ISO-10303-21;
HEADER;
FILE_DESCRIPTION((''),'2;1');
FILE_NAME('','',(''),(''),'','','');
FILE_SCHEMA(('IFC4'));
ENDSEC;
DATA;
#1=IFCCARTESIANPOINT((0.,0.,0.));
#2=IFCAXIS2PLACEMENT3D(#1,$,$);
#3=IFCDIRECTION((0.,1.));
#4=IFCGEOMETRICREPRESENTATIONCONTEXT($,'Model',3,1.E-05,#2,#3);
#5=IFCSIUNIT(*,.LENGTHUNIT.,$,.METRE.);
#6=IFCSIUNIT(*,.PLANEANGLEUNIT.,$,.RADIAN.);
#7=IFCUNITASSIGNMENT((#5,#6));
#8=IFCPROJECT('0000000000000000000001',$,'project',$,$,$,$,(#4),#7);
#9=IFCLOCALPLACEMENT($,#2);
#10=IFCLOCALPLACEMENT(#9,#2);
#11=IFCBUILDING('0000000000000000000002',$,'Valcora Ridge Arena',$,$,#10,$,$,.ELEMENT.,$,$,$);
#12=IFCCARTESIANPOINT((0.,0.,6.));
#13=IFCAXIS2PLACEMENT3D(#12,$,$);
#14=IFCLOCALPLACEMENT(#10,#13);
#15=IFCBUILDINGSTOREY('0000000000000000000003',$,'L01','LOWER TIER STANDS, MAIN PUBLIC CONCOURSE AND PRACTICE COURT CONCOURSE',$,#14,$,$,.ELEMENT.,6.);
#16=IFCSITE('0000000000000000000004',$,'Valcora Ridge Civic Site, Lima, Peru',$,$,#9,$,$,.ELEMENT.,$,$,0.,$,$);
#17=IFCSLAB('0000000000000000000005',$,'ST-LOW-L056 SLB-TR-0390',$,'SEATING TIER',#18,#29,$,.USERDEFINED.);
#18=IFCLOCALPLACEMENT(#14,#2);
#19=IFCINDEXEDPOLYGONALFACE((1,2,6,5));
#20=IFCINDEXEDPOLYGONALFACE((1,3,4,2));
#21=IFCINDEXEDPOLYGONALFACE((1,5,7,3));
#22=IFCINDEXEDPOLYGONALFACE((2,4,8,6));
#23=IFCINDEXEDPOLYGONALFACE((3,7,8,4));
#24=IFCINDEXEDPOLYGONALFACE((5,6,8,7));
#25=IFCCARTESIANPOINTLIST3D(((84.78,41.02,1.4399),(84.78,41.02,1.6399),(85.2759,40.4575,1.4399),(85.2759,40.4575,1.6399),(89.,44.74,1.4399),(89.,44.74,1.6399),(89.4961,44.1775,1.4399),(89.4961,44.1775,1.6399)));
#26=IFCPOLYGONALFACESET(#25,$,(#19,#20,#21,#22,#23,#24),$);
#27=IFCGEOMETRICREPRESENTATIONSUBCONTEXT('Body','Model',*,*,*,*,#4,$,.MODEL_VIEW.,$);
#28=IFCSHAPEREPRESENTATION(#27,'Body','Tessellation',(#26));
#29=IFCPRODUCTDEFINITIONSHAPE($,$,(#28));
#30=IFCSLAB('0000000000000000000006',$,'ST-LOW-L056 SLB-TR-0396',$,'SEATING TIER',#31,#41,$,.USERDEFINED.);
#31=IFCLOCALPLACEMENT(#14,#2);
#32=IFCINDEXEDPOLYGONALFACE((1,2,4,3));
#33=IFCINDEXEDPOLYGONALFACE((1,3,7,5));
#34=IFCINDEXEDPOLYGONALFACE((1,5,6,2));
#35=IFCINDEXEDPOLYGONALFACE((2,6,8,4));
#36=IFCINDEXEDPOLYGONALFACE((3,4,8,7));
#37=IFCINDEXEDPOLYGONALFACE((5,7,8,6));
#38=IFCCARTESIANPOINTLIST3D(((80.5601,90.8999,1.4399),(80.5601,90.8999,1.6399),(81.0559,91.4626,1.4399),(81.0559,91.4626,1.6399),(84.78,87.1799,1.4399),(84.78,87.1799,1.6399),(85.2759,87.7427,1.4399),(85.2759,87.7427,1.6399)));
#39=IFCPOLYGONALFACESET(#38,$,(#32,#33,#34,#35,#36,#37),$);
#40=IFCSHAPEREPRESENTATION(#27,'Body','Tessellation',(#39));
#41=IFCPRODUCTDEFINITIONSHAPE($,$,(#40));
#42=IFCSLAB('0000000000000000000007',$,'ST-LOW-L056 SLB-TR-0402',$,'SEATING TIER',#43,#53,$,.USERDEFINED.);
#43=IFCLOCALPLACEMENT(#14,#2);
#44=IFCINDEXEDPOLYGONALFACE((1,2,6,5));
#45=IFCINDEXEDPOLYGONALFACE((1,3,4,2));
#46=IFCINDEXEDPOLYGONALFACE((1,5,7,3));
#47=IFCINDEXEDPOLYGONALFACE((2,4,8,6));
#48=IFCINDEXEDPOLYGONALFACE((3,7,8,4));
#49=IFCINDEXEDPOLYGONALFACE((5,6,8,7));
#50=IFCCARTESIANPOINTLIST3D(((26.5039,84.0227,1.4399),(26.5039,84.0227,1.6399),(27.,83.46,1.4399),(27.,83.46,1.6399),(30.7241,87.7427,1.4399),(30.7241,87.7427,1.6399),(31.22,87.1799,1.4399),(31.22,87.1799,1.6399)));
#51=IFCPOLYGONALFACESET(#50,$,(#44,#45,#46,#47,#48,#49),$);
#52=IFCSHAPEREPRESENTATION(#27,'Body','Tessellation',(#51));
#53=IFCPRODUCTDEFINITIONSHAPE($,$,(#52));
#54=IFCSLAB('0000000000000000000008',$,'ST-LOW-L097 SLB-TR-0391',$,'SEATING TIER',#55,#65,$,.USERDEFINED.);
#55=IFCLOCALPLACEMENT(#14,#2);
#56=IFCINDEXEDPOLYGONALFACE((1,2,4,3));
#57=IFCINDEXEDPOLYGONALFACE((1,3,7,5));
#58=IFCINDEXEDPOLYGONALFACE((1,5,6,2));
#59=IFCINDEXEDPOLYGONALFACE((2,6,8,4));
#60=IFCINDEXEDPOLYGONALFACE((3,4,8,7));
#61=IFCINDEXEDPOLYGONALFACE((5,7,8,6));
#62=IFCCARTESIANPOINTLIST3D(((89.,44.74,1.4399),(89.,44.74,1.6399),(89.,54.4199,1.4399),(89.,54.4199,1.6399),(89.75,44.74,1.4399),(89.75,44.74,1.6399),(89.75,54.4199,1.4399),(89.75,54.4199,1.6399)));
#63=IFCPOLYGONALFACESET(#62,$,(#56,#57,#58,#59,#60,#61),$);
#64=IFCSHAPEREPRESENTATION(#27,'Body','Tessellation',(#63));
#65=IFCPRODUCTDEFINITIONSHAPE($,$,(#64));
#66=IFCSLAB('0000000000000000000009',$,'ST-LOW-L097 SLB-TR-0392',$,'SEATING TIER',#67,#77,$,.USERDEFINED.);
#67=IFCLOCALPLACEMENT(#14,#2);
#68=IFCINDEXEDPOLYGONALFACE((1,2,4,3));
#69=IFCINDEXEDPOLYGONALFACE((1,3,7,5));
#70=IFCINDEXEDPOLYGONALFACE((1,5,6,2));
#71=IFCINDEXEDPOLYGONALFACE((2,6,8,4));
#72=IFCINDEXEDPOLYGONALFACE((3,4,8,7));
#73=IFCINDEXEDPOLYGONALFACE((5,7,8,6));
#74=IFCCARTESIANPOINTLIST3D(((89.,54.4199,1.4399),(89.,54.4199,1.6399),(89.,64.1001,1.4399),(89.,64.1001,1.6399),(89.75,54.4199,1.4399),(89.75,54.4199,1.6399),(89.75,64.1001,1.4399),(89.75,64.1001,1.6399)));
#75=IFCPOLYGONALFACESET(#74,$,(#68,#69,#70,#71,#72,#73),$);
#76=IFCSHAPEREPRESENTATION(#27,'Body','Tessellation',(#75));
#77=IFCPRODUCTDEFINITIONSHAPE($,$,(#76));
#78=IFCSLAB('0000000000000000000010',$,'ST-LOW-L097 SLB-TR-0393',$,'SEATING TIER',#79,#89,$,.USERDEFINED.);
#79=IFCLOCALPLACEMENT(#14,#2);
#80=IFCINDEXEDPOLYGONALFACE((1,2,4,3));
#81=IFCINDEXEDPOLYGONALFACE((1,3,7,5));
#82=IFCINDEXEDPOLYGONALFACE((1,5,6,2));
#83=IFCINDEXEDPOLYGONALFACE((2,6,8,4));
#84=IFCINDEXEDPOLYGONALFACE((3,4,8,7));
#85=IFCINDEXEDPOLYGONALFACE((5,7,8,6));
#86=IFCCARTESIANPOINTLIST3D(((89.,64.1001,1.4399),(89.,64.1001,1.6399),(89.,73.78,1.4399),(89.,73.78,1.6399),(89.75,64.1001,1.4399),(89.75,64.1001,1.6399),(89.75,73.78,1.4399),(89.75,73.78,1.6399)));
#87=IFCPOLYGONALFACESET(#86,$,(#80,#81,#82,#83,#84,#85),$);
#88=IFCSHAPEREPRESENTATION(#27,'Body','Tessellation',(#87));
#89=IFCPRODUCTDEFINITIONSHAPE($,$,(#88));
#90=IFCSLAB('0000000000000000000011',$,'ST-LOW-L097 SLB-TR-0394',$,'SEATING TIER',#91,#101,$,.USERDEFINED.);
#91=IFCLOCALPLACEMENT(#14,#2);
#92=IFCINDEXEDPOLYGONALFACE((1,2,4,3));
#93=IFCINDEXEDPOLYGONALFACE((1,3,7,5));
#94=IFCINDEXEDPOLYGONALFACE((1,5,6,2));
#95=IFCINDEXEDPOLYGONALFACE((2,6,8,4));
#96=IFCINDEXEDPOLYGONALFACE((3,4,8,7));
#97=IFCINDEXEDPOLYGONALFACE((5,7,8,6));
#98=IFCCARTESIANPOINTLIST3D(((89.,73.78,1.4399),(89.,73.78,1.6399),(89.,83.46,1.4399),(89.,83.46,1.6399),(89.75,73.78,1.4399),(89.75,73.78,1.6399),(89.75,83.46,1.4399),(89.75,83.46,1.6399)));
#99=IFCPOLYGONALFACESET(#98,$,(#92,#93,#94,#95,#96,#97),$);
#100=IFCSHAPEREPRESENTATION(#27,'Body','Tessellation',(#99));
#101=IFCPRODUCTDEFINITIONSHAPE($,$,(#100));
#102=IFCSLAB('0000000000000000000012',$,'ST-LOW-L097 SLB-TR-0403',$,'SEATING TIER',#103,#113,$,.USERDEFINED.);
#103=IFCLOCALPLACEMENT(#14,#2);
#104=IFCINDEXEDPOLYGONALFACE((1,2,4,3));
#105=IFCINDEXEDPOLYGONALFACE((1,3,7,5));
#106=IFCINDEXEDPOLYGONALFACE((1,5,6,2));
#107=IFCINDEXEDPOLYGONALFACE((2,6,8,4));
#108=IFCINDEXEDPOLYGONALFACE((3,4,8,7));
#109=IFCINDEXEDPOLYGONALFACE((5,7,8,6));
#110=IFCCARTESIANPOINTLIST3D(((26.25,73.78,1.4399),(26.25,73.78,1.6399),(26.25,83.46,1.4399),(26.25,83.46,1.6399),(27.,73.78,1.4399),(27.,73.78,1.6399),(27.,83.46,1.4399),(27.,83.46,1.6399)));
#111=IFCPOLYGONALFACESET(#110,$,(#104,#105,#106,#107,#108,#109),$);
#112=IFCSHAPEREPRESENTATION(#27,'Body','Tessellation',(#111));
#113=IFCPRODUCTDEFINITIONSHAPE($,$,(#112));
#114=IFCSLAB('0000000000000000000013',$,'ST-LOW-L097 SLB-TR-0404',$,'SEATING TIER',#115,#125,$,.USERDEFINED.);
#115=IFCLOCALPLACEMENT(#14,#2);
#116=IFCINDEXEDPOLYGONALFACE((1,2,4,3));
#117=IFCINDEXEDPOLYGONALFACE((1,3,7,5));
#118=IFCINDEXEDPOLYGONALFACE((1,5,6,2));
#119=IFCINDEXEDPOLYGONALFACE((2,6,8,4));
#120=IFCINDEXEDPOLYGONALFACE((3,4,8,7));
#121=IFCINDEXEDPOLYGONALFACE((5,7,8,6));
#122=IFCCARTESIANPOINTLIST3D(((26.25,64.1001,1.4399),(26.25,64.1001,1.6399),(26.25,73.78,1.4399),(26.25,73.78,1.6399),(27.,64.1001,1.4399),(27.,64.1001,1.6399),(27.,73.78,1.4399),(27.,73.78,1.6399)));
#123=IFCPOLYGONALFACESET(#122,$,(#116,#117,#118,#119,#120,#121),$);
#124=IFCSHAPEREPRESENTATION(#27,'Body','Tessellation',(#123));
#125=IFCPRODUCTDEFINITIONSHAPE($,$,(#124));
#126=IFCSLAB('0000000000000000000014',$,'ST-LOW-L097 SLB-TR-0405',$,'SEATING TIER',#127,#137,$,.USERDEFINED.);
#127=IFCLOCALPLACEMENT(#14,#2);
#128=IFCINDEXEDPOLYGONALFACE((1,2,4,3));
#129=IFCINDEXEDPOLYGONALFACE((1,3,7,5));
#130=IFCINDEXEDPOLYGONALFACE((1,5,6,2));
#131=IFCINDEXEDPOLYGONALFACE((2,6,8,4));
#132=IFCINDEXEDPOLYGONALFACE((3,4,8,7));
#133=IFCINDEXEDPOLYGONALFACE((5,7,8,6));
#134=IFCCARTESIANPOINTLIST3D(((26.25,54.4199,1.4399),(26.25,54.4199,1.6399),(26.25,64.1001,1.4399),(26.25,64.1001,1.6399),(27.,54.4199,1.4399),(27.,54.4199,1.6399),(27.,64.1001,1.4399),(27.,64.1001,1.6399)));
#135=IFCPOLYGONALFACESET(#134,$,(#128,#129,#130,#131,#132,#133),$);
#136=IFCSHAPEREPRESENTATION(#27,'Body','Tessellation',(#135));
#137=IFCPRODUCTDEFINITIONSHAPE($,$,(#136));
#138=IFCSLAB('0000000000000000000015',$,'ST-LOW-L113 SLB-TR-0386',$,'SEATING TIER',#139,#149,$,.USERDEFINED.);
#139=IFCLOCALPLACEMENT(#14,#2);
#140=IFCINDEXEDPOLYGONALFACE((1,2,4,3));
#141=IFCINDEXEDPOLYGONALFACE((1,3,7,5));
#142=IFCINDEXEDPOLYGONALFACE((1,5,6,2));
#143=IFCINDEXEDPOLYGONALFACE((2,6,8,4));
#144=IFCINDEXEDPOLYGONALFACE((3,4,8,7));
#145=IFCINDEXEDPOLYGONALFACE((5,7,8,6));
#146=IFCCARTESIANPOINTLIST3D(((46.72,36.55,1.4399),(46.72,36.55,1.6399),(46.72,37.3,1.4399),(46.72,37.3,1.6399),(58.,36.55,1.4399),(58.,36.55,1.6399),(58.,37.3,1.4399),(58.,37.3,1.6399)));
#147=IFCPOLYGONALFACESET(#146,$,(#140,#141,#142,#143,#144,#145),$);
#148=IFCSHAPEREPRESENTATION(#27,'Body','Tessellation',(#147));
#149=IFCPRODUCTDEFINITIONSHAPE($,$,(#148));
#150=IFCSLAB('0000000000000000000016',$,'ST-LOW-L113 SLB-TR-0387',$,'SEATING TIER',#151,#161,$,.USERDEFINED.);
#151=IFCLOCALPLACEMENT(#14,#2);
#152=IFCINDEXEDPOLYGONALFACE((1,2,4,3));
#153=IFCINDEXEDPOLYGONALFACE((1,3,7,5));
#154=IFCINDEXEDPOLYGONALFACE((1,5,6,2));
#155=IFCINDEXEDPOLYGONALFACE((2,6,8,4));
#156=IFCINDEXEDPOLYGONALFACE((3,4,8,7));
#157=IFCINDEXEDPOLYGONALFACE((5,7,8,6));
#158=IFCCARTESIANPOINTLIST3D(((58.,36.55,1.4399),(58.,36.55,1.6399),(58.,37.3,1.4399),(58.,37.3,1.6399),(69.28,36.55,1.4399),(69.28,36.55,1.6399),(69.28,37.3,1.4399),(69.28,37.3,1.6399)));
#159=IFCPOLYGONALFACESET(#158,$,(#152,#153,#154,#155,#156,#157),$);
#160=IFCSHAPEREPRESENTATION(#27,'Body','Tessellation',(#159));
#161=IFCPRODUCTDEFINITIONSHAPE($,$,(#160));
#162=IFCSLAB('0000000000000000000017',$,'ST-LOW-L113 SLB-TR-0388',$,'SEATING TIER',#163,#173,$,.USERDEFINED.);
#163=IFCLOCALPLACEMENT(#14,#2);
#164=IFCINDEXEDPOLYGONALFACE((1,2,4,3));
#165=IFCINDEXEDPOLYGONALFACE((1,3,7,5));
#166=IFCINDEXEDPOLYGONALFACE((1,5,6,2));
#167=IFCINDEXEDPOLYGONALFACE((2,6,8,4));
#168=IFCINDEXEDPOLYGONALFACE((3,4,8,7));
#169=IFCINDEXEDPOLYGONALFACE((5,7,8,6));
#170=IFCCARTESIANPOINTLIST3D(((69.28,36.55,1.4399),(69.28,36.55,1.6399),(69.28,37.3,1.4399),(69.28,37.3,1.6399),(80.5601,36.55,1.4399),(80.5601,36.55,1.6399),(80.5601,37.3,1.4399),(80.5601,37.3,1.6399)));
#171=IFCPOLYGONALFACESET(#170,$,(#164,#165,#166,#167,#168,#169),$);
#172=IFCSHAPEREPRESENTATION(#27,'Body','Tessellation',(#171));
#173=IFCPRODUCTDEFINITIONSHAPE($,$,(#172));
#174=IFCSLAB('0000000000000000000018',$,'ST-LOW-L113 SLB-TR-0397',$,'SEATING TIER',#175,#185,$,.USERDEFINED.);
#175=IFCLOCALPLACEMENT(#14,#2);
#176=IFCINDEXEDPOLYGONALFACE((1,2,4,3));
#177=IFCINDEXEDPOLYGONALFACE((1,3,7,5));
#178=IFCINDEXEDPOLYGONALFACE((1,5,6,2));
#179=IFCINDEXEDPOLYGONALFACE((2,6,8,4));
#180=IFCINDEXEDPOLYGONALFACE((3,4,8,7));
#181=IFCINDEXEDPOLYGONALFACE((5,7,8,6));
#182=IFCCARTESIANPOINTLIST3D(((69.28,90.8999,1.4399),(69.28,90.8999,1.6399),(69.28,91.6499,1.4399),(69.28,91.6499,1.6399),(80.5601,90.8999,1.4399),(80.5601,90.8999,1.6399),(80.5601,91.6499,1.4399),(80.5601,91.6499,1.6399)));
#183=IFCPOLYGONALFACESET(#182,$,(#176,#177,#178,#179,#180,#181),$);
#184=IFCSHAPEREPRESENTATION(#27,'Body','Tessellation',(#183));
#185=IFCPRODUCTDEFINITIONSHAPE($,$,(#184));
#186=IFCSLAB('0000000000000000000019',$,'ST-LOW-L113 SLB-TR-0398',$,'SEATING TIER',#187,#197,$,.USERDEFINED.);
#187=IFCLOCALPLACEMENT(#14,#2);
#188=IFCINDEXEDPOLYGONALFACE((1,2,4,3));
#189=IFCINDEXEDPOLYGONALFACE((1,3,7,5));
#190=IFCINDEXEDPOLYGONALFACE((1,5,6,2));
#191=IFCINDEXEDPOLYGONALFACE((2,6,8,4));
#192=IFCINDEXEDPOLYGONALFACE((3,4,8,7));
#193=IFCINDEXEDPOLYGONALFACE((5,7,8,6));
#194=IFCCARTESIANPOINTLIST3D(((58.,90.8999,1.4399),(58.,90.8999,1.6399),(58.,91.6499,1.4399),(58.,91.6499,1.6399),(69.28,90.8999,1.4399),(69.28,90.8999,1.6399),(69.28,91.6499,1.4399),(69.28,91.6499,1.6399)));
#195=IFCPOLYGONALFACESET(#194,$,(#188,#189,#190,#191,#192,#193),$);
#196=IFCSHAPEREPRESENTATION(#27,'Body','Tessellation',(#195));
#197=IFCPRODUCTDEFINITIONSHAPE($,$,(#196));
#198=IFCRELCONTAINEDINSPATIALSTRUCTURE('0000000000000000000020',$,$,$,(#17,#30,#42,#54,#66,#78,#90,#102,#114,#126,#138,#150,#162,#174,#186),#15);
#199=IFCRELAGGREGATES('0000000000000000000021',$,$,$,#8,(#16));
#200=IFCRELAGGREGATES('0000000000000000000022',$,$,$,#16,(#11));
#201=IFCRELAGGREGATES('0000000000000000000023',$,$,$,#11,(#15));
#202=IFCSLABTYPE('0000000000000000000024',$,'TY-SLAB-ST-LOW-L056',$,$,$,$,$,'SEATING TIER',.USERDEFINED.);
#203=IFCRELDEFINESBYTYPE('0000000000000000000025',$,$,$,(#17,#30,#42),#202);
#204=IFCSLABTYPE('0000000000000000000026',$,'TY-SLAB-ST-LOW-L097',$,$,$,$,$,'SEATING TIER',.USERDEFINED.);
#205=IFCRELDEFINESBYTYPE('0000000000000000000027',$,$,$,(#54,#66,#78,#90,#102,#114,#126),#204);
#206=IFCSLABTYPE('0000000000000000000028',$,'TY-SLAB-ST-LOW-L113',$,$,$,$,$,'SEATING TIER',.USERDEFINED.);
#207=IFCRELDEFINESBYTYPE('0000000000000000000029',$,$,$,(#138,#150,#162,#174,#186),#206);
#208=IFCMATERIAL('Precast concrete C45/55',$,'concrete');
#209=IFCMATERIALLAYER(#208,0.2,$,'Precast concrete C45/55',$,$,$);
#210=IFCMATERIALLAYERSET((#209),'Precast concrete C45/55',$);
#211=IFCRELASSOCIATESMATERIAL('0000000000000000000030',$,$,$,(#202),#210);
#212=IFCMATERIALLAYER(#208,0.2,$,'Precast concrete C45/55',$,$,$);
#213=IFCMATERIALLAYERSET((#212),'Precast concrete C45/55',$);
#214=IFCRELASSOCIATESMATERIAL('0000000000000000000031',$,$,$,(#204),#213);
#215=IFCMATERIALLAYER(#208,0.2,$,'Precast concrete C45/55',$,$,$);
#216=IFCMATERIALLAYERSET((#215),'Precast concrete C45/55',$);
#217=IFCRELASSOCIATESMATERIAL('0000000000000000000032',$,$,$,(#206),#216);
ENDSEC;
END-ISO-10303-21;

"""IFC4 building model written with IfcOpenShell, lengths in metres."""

from ifc_helpers import new_model, si_unit, direction, frame, origin, place, context, subcontext, project, spatial, polyline, outline, extrude, material, layer, layer_set, type_object, element, save


model = new_model("IFC4")

# Units and contexts
model_context = context("Model", 3, precision=1e-05, world=origin(), true_north=direction((0.0, 1.0)))
body_context = subcontext(model_context, "Body", "Model", "MODEL_VIEW")
ifc_project = project(units=[si_unit("LENGTHUNIT", "METRE"), si_unit("PLANEANGLEUNIT", "RADIAN")], contexts=[model_context])

# Site, building, storey
site_placement = place(None, origin())
site = spatial("IfcSite", under=ifc_project, at=site_placement, Name="Valcora Ridge Civic Site, Lima, Peru", CompositionType="ELEMENT", RefElevation=0.0)
building_placement = place(site_placement, origin())
building = spatial("IfcBuilding", under=site, at=building_placement, Name="Valcora Ridge Arena", CompositionType="ELEMENT")
storey_placement = place(building_placement, frame((0.0, 0.0, 6.0)))
storey = spatial("IfcBuildingStorey", under=building, at=storey_placement, Name="L01", Description="LOWER TIER STANDS, MAIN PUBLIC CONCOURSE AND PRACTICE COURT CONCOURSE", CompositionType="ELEMENT", Elevation=6.0)

# Slabs
ifc_material = material(Name="Precast concrete C45/55", Category="concrete")
ifc_layer_1 = layer(ifc_material, 0.2, Name="Precast concrete C45/55")
ifc_layer_set_1 = layer_set([ifc_layer_1], Name="Precast concrete C45/55")
slab_type_1 = type_object("IfcSlabType", Name="TY-SLAB-ST-LOW-L056", ElementType="SEATING TIER", PredefinedType="USERDEFINED", material=ifc_layer_set_1)
slab_1_placement = place(storey_placement, frame((0.0, 0.0, 1.4399)))
element("IfcSlab", 1, at=slab_1_placement, inside=storey, type_object=slab_type_1, Name="ST-LOW-L056 SLB-TR-0390", ObjectType="SEATING TIER", PredefinedType="USERDEFINED", context=body_context, shape_type="SweptSolid", body=[
    extrude(outline(polyline([(84.78, 41.02), (89.0, 44.74), (89.4961, 44.1775), (85.2759, 40.4575), (84.78, 41.02)])), origin(), (0.0, 0.0, 1.0), 0.2),
])
slab_2_placement = place(storey_placement, frame((0.0, 0.0, 1.4399)))
element("IfcSlab", 2, at=slab_2_placement, inside=storey, type_object=slab_type_1, Name="ST-LOW-L056 SLB-TR-0396", ObjectType="SEATING TIER", PredefinedType="USERDEFINED", context=body_context, shape_type="SweptSolid", body=[
    extrude(outline(polyline([(84.78, 87.1799), (80.5601, 90.8999), (81.0559, 91.4626), (85.2759, 87.7427), (84.78, 87.1799)])), origin(), (0.0, 0.0, 1.0), 0.2),
])
slab_3_placement = place(storey_placement, frame((0.0, 0.0, 1.4399)))
element("IfcSlab", 3, at=slab_3_placement, inside=storey, type_object=slab_type_1, Name="ST-LOW-L056 SLB-TR-0402", ObjectType="SEATING TIER", PredefinedType="USERDEFINED", context=body_context, shape_type="SweptSolid", body=[
    extrude(outline(polyline([(31.22, 87.1799), (27.0, 83.46), (26.5039, 84.0227), (30.7241, 87.7427), (31.22, 87.1799)])), origin(), (0.0, 0.0, 1.0), 0.2),
])
ifc_layer_2 = layer(ifc_material, 0.2, Name="Precast concrete C45/55")
ifc_layer_set_2 = layer_set([ifc_layer_2], Name="Precast concrete C45/55")
slab_type_2 = type_object("IfcSlabType", Name="TY-SLAB-ST-LOW-L097", ElementType="SEATING TIER", PredefinedType="USERDEFINED", material=ifc_layer_set_2)
slab_4_placement = place(storey_placement, frame((0.0, 0.0, 1.4399)))
element("IfcSlab", 4, at=slab_4_placement, inside=storey, type_object=slab_type_2, Name="ST-LOW-L097 SLB-TR-0391", ObjectType="SEATING TIER", PredefinedType="USERDEFINED", context=body_context, shape_type="SweptSolid", body=[
    extrude(outline(polyline([(89.0, 44.74), (89.0, 54.4199), (89.75, 54.4199), (89.75, 44.74), (89.0, 44.74)])), origin(), (0.0, 0.0, 1.0), 0.2),
])
slab_5_placement = place(storey_placement, frame((0.0, 0.0, 1.4399)))
element("IfcSlab", 5, at=slab_5_placement, inside=storey, type_object=slab_type_2, Name="ST-LOW-L097 SLB-TR-0392", ObjectType="SEATING TIER", PredefinedType="USERDEFINED", context=body_context, shape_type="SweptSolid", body=[
    extrude(outline(polyline([(89.0, 54.4199), (89.0, 64.1001), (89.75, 64.1001), (89.75, 54.4199), (89.0, 54.4199)])), origin(), (0.0, 0.0, 1.0), 0.2),
])
slab_6_placement = place(storey_placement, frame((0.0, 0.0, 1.4399)))
element("IfcSlab", 6, at=slab_6_placement, inside=storey, type_object=slab_type_2, Name="ST-LOW-L097 SLB-TR-0393", ObjectType="SEATING TIER", PredefinedType="USERDEFINED", context=body_context, shape_type="SweptSolid", body=[
    extrude(outline(polyline([(89.0, 64.1001), (89.0, 73.78), (89.75, 73.78), (89.75, 64.1001), (89.0, 64.1001)])), origin(), (0.0, 0.0, 1.0), 0.2),
])
slab_7_placement = place(storey_placement, frame((0.0, 0.0, 1.4399)))
element("IfcSlab", 7, at=slab_7_placement, inside=storey, type_object=slab_type_2, Name="ST-LOW-L097 SLB-TR-0394", ObjectType="SEATING TIER", PredefinedType="USERDEFINED", context=body_context, shape_type="SweptSolid", body=[
    extrude(outline(polyline([(89.0, 73.78), (89.0, 83.46), (89.75, 83.46), (89.75, 73.78), (89.0, 73.78)])), origin(), (0.0, 0.0, 1.0), 0.2),
])
slab_8_placement = place(storey_placement, frame((0.0, 0.0, 1.4399)))
element("IfcSlab", 8, at=slab_8_placement, inside=storey, type_object=slab_type_2, Name="ST-LOW-L097 SLB-TR-0403", ObjectType="SEATING TIER", PredefinedType="USERDEFINED", context=body_context, shape_type="SweptSolid", body=[
    extrude(outline(polyline([(27.0, 83.46), (27.0, 73.78), (26.25, 73.78), (26.25, 83.46), (27.0, 83.46)])), origin(), (0.0, 0.0, 1.0), 0.2),
])
slab_9_placement = place(storey_placement, frame((0.0, 0.0, 1.4399)))
element("IfcSlab", 9, at=slab_9_placement, inside=storey, type_object=slab_type_2, Name="ST-LOW-L097 SLB-TR-0404", ObjectType="SEATING TIER", PredefinedType="USERDEFINED", context=body_context, shape_type="SweptSolid", body=[
    extrude(outline(polyline([(27.0, 73.78), (27.0, 64.1001), (26.25, 64.1001), (26.25, 73.78), (27.0, 73.78)])), origin(), (0.0, 0.0, 1.0), 0.2),
])
slab_10_placement = place(storey_placement, frame((0.0, 0.0, 1.4399)))
element("IfcSlab", 10, at=slab_10_placement, inside=storey, type_object=slab_type_2, Name="ST-LOW-L097 SLB-TR-0405", ObjectType="SEATING TIER", PredefinedType="USERDEFINED", context=body_context, shape_type="SweptSolid", body=[
    extrude(outline(polyline([(27.0, 64.1001), (27.0, 54.4199), (26.25, 54.4199), (26.25, 64.1001), (27.0, 64.1001)])), origin(), (0.0, 0.0, 1.0), 0.2),
])
ifc_layer_3 = layer(ifc_material, 0.2, Name="Precast concrete C45/55")
ifc_layer_set_3 = layer_set([ifc_layer_3], Name="Precast concrete C45/55")
slab_type_3 = type_object("IfcSlabType", Name="TY-SLAB-ST-LOW-L113", ElementType="SEATING TIER", PredefinedType="USERDEFINED", material=ifc_layer_set_3)
slab_11_placement = place(storey_placement, frame((0.0, 0.0, 1.4399)))
element("IfcSlab", 11, at=slab_11_placement, inside=storey, type_object=slab_type_3, Name="ST-LOW-L113 SLB-TR-0386", ObjectType="SEATING TIER", PredefinedType="USERDEFINED", context=body_context, shape_type="SweptSolid", body=[
    extrude(outline(polyline([(46.72, 37.3), (58.0, 37.3), (58.0, 36.55), (46.72, 36.55), (46.72, 37.3)])), origin(), (0.0, 0.0, 1.0), 0.2),
])
slab_12_placement = place(storey_placement, frame((0.0, 0.0, 1.4399)))
element("IfcSlab", 12, at=slab_12_placement, inside=storey, type_object=slab_type_3, Name="ST-LOW-L113 SLB-TR-0387", ObjectType="SEATING TIER", PredefinedType="USERDEFINED", context=body_context, shape_type="SweptSolid", body=[
    extrude(outline(polyline([(58.0, 37.3), (69.28, 37.3), (69.28, 36.55), (58.0, 36.55), (58.0, 37.3)])), origin(), (0.0, 0.0, 1.0), 0.2),
])
slab_13_placement = place(storey_placement, frame((0.0, 0.0, 1.4399)))
element("IfcSlab", 13, at=slab_13_placement, inside=storey, type_object=slab_type_3, Name="ST-LOW-L113 SLB-TR-0388", ObjectType="SEATING TIER", PredefinedType="USERDEFINED", context=body_context, shape_type="SweptSolid", body=[
    extrude(outline(polyline([(69.28, 37.3), (80.5601, 37.3), (80.5601, 36.55), (69.28, 36.55), (69.28, 37.3)])), origin(), (0.0, 0.0, 1.0), 0.2),
])
slab_14_placement = place(storey_placement, frame((0.0, 0.0, 1.4399)))
element("IfcSlab", 14, at=slab_14_placement, inside=storey, type_object=slab_type_3, Name="ST-LOW-L113 SLB-TR-0397", ObjectType="SEATING TIER", PredefinedType="USERDEFINED", context=body_context, shape_type="SweptSolid", body=[
    extrude(outline(polyline([(80.5601, 90.8999), (69.28, 90.8999), (69.28, 91.6499), (80.5601, 91.6499), (80.5601, 90.8999)])), origin(), (0.0, 0.0, 1.0), 0.2),
])
slab_15_placement = place(storey_placement, frame((0.0, 0.0, 1.4399)))
element("IfcSlab", 15, at=slab_15_placement, inside=storey, type_object=slab_type_3, Name="ST-LOW-L113 SLB-TR-0398", ObjectType="SEATING TIER", PredefinedType="USERDEFINED", context=body_context, shape_type="SweptSolid", body=[
    extrude(outline(polyline([(69.28, 90.8999), (58.0, 90.8999), (58.0, 91.6499), (69.28, 91.6499), (69.28, 90.8999)])), origin(), (0.0, 0.0, 1.0), 0.2),
])

save(model, "model.ifc")
